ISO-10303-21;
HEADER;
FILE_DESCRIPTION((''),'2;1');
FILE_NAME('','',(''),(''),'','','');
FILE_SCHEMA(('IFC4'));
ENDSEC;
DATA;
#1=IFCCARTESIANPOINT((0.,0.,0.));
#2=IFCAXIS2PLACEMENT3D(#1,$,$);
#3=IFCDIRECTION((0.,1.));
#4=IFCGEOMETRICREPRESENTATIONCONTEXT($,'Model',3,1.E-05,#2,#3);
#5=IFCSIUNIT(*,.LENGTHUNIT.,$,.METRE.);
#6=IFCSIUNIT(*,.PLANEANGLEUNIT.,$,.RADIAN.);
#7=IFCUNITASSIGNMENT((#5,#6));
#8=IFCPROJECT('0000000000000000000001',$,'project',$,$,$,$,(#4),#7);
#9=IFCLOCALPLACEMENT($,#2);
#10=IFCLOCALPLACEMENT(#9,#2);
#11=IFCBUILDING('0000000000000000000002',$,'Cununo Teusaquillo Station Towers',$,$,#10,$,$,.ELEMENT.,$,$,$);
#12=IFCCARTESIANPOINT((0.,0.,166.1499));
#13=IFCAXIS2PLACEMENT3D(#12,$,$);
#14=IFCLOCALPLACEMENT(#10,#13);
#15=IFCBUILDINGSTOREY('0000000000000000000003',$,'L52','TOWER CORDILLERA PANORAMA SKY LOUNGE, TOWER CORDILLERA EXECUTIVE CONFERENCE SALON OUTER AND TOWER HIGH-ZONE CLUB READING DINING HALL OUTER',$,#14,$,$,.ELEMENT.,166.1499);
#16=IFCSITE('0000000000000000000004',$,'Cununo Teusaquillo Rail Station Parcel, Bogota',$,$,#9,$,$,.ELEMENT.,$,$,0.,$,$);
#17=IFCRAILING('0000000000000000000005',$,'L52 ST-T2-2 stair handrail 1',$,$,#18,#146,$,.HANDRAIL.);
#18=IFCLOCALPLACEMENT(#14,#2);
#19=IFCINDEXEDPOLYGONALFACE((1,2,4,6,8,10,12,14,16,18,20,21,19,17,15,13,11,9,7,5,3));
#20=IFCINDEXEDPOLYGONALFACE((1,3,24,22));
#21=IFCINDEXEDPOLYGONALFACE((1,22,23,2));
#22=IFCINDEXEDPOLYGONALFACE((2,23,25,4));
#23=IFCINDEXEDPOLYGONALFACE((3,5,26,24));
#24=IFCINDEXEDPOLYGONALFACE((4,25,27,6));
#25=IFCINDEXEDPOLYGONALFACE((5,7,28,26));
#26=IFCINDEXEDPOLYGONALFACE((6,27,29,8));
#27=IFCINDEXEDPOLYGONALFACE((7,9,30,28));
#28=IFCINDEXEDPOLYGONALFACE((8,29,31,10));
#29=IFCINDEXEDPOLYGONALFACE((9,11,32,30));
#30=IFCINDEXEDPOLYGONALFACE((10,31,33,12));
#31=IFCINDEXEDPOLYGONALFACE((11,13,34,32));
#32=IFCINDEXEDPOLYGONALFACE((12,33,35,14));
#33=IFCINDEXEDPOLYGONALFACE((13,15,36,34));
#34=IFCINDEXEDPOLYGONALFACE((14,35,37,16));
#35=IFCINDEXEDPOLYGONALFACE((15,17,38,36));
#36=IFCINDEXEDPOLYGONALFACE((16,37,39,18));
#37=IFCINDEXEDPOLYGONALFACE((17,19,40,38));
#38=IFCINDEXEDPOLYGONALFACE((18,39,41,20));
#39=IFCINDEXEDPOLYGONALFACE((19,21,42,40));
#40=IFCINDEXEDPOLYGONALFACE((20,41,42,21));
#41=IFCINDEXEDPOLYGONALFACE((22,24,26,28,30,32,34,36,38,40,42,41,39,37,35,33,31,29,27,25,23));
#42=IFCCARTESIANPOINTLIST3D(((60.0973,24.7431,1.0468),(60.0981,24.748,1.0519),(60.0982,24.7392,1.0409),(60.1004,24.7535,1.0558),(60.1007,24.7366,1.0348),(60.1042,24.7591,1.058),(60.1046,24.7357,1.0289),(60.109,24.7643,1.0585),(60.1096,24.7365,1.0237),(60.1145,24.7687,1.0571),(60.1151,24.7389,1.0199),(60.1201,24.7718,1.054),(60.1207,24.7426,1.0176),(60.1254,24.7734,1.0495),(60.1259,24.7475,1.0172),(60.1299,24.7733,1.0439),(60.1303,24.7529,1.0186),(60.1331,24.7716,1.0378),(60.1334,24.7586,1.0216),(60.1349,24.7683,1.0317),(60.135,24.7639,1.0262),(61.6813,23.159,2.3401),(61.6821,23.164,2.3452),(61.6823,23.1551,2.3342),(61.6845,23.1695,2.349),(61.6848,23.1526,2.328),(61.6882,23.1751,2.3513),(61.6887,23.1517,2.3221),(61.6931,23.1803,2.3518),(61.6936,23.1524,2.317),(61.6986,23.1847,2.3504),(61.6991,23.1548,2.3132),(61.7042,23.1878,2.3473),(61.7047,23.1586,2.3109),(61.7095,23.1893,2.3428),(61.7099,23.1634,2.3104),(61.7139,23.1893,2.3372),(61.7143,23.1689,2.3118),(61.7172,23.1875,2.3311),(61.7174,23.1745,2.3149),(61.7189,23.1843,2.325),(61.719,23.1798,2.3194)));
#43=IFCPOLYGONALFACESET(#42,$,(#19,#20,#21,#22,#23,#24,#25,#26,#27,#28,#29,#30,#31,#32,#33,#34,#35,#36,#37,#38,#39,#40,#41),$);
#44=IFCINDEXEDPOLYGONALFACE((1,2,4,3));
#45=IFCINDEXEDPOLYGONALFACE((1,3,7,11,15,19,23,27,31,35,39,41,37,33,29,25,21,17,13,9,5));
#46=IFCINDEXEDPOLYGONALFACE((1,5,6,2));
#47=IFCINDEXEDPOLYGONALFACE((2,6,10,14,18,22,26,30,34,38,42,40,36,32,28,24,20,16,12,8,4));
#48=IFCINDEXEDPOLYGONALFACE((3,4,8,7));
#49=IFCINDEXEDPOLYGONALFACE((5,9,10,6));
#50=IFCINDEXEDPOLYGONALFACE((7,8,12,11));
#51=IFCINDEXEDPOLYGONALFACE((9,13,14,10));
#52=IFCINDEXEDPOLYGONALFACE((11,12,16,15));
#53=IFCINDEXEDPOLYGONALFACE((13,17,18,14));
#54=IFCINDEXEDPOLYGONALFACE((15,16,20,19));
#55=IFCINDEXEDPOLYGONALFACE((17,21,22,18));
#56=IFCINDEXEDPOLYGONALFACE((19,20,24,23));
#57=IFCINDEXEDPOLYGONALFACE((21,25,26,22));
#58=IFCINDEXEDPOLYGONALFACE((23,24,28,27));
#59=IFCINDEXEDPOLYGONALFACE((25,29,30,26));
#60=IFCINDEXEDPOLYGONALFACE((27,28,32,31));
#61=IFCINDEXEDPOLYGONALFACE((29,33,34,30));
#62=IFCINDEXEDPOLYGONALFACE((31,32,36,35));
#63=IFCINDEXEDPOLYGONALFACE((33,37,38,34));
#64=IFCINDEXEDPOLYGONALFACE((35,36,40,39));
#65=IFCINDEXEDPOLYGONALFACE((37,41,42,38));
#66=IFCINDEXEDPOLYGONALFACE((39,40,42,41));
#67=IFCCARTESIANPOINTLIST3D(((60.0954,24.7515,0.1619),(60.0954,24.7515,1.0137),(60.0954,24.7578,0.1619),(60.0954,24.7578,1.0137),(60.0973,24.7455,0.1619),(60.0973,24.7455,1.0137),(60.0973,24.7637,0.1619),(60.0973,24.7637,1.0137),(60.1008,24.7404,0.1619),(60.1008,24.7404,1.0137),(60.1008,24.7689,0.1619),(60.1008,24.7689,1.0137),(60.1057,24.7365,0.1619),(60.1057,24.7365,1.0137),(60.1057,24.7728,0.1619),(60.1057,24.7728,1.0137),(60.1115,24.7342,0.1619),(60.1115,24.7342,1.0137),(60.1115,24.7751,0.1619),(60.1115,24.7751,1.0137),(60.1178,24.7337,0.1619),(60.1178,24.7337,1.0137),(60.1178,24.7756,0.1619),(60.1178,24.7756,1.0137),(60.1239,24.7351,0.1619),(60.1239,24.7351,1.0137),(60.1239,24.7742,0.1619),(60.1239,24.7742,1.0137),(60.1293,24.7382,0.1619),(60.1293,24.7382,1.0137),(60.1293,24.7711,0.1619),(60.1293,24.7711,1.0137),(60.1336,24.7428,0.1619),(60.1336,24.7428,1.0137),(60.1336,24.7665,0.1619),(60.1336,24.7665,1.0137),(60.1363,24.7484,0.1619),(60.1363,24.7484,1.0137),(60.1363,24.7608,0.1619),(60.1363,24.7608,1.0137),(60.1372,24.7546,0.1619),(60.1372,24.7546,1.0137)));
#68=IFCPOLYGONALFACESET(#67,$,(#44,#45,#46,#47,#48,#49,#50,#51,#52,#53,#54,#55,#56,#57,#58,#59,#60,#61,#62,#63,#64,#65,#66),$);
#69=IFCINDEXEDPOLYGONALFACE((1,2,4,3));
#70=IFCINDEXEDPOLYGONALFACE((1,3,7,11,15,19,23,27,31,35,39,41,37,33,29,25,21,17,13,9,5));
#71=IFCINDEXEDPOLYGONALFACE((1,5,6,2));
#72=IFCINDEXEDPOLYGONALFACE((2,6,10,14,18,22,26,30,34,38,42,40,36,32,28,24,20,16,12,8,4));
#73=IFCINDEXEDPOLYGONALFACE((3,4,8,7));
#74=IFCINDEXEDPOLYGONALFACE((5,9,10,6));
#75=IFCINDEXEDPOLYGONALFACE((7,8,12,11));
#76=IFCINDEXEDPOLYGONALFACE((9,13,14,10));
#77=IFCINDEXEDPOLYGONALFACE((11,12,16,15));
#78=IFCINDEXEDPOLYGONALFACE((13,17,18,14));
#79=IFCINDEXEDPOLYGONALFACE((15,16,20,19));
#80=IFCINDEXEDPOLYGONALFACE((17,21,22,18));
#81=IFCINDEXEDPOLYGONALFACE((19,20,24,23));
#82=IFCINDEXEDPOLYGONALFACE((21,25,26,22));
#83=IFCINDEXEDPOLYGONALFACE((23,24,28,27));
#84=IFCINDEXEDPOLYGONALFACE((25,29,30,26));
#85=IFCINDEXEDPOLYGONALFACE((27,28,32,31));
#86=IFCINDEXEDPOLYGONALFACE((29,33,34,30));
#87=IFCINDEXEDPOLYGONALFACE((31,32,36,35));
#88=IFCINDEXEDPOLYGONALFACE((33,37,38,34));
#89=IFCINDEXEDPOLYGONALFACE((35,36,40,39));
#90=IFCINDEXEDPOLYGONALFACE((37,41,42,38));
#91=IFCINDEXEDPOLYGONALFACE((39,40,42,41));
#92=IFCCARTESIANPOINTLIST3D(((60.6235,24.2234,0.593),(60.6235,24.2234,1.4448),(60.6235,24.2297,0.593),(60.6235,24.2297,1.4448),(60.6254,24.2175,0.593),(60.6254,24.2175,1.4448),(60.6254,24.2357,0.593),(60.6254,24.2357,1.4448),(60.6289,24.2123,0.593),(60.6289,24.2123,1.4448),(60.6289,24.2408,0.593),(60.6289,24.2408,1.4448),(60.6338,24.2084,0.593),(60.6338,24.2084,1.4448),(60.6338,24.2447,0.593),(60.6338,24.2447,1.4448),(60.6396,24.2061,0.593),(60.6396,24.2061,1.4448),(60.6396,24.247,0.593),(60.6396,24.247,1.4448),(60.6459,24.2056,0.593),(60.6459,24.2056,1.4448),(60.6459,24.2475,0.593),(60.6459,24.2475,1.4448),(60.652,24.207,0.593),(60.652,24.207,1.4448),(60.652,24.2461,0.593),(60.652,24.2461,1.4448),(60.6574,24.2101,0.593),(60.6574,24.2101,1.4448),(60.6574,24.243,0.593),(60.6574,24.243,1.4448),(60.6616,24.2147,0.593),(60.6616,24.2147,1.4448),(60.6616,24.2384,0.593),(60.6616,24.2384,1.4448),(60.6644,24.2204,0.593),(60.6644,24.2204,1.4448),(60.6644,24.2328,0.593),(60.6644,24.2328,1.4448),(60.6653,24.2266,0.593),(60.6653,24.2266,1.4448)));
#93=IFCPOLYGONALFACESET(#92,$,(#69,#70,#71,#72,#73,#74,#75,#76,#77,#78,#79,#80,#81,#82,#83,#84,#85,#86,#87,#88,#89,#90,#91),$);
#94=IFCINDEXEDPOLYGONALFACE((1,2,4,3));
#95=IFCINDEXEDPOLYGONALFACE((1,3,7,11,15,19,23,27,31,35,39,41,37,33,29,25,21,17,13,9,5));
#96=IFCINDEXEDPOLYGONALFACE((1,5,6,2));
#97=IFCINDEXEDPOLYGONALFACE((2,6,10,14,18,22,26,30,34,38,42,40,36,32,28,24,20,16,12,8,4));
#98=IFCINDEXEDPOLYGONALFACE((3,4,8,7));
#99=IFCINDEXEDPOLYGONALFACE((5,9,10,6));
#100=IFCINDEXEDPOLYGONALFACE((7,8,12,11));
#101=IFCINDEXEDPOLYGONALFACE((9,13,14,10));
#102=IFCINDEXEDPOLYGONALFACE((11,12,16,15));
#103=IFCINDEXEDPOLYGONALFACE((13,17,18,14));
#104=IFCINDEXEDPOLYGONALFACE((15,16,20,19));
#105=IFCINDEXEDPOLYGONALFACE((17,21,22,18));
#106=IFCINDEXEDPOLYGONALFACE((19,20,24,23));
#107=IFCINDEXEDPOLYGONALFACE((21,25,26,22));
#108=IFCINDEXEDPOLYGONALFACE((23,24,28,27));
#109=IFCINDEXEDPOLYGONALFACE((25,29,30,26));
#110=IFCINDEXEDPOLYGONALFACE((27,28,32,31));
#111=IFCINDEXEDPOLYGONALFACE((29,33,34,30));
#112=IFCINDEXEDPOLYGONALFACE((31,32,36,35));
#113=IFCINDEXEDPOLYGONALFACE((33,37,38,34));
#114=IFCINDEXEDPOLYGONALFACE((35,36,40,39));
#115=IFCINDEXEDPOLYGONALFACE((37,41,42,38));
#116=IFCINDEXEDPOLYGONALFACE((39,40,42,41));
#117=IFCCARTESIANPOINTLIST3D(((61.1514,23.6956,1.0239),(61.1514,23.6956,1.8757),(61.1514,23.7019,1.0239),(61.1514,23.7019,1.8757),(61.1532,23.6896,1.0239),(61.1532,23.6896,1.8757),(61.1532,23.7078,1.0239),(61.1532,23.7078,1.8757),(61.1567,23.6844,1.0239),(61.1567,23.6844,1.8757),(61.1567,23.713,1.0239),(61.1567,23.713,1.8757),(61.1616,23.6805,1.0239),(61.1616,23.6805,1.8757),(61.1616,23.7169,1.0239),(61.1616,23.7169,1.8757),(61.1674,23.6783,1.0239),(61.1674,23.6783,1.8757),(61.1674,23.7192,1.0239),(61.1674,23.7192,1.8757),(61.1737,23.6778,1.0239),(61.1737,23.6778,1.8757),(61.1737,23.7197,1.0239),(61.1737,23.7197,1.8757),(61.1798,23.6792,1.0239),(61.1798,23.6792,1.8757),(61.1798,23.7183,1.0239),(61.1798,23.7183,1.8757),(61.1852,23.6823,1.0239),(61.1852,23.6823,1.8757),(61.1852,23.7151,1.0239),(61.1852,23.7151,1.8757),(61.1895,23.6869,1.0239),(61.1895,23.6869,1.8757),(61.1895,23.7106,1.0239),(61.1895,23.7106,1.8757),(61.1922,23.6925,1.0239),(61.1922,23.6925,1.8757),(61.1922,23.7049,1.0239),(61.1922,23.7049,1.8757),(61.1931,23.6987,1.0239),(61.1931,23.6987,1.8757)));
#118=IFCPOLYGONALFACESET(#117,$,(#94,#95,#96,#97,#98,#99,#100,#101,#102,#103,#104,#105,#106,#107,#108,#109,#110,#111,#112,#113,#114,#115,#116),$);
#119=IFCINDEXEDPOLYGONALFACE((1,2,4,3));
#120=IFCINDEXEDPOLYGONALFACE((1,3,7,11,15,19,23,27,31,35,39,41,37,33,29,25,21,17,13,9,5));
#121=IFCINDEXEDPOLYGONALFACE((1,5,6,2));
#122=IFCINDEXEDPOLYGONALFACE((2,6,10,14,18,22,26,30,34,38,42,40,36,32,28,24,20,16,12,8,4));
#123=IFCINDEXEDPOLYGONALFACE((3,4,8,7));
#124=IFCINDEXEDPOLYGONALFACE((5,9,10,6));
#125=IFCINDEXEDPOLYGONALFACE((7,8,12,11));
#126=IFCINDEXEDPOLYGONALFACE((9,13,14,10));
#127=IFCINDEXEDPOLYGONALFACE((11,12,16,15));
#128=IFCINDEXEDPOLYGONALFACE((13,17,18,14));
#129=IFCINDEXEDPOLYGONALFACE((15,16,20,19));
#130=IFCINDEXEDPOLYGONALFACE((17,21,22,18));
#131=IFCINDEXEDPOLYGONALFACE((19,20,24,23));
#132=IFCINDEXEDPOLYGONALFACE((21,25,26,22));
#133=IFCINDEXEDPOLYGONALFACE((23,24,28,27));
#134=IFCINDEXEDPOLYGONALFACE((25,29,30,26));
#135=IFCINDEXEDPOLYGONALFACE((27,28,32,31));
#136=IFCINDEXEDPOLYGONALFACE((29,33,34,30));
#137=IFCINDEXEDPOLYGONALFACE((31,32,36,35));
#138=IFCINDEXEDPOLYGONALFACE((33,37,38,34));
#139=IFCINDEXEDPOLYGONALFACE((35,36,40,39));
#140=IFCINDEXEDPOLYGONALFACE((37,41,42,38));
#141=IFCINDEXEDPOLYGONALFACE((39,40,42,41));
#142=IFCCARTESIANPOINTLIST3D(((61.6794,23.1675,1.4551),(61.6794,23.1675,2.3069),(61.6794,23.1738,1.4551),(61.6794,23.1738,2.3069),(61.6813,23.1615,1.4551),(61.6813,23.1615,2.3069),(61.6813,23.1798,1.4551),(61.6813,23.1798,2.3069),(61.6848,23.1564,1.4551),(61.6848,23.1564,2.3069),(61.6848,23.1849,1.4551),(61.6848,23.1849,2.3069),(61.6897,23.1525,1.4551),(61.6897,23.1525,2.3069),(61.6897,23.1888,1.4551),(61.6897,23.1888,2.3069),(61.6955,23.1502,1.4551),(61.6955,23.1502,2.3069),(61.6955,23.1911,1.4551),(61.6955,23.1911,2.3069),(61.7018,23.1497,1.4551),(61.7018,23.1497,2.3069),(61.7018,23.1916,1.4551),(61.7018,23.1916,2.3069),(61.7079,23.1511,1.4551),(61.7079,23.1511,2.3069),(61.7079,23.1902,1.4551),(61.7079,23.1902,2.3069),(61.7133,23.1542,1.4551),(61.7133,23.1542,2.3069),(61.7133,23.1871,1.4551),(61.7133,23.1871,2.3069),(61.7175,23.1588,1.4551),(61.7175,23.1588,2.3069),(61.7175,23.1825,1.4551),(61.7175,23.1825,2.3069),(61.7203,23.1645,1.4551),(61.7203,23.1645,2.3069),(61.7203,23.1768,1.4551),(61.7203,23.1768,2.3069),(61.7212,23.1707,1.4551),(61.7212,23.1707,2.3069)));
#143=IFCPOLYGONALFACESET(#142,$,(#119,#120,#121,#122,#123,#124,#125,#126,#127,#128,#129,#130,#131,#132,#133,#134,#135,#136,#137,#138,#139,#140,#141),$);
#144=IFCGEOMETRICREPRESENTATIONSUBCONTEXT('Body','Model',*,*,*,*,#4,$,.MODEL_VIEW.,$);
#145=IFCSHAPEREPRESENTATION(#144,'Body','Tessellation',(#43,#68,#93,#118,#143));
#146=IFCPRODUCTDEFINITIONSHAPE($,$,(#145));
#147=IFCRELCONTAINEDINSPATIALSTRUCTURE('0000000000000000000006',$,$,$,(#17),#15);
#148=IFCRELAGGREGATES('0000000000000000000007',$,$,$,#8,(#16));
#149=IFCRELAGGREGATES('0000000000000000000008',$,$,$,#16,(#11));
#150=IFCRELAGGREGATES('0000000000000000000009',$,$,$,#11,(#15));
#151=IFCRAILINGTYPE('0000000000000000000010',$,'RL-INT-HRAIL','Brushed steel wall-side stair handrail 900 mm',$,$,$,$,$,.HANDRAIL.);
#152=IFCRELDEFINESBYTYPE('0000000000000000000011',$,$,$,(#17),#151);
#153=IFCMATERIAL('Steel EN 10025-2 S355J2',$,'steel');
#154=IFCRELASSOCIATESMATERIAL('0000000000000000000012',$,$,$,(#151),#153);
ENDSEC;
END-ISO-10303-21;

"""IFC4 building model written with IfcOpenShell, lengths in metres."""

from ifc_helpers import new_model, si_unit, direction, frame, origin, origin_2d, place, context, subcontext, project, spatial, circle, extrude, material, type_object, element, save


model = new_model("IFC4")

# Units and contexts
model_context = context("Model", 3, precision=1e-05, world=origin(), true_north=direction((0.0, 1.0)))
body_context = subcontext(model_context, "Body", "Model", "MODEL_VIEW")
ifc_project = project(units=[si_unit("LENGTHUNIT", "METRE"), si_unit("PLANEANGLEUNIT", "RADIAN")], contexts=[model_context])

# Site, building, storey
site_placement = place(None, origin())
site = spatial("IfcSite", under=ifc_project, at=site_placement, Name="Cununo Teusaquillo Rail Station Parcel, Bogota", CompositionType="ELEMENT", RefElevation=0.0)
building_placement = place(site_placement, origin())
building = spatial("IfcBuilding", under=site, at=building_placement, Name="Cununo Teusaquillo Station Towers", CompositionType="ELEMENT")
storey_placement = place(building_placement, frame((0.0, 0.0, 166.1499)))
storey = spatial("IfcBuildingStorey", under=building, at=storey_placement, Name="L52", Description="TOWER CORDILLERA PANORAMA SKY LOUNGE, TOWER CORDILLERA EXECUTIVE CONFERENCE SALON OUTER AND TOWER HIGH-ZONE CLUB READING DINING HALL OUTER", CompositionType="ELEMENT", Elevation=166.1499)

# Railing
ifc_material_1 = material(Name="Steel EN 10025-2 S355J2", Category="steel")
railing_type_1 = type_object("IfcRailingType", Name="RL-INT-HRAIL", Description="Brushed steel wall-side stair handrail 900 mm", PredefinedType="HANDRAIL", material=ifc_material_1)
railing_1_placement = place(storey_placement, frame((60.1162, 24.7546, 0.1619)))
element("IfcRailing", 1, at=railing_1_placement, inside=storey, type_object=railing_type_1, Name="L52 ST-T2-2 stair handrail 1", PredefinedType="HANDRAIL", context=body_context, shape_type="SweptSolid", body=[
    extrude(circle(Radius=0.0239, at=origin_2d()), frame((0.0, 0.0, 0.876), z_axis=(0.612385, -0.612385, 0.49997), x_axis=(0.707107, 0.707107, 0.0)), (0.0, 0.0, 1.0), 2.5867),
    extrude(circle(Radius=0.021, at=origin_2d()), origin(), (0.0, 0.0, 1.0), 0.8518),
    extrude(circle(Radius=0.021, at=origin_2d()), frame((0.5281, -0.5281, 0.4312)), (0.0, 0.0, 1.0), 0.8518),
    extrude(circle(Radius=0.021, at=origin_2d()), frame((1.0559, -1.0559, 0.8621)), (0.0, 0.0, 1.0), 0.8518),
    extrude(circle(Radius=0.021, at=origin_2d()), frame((1.584, -1.584, 1.2932)), (0.0, 0.0, 1.0), 0.8518),
])

save(model, "model.ifc")
